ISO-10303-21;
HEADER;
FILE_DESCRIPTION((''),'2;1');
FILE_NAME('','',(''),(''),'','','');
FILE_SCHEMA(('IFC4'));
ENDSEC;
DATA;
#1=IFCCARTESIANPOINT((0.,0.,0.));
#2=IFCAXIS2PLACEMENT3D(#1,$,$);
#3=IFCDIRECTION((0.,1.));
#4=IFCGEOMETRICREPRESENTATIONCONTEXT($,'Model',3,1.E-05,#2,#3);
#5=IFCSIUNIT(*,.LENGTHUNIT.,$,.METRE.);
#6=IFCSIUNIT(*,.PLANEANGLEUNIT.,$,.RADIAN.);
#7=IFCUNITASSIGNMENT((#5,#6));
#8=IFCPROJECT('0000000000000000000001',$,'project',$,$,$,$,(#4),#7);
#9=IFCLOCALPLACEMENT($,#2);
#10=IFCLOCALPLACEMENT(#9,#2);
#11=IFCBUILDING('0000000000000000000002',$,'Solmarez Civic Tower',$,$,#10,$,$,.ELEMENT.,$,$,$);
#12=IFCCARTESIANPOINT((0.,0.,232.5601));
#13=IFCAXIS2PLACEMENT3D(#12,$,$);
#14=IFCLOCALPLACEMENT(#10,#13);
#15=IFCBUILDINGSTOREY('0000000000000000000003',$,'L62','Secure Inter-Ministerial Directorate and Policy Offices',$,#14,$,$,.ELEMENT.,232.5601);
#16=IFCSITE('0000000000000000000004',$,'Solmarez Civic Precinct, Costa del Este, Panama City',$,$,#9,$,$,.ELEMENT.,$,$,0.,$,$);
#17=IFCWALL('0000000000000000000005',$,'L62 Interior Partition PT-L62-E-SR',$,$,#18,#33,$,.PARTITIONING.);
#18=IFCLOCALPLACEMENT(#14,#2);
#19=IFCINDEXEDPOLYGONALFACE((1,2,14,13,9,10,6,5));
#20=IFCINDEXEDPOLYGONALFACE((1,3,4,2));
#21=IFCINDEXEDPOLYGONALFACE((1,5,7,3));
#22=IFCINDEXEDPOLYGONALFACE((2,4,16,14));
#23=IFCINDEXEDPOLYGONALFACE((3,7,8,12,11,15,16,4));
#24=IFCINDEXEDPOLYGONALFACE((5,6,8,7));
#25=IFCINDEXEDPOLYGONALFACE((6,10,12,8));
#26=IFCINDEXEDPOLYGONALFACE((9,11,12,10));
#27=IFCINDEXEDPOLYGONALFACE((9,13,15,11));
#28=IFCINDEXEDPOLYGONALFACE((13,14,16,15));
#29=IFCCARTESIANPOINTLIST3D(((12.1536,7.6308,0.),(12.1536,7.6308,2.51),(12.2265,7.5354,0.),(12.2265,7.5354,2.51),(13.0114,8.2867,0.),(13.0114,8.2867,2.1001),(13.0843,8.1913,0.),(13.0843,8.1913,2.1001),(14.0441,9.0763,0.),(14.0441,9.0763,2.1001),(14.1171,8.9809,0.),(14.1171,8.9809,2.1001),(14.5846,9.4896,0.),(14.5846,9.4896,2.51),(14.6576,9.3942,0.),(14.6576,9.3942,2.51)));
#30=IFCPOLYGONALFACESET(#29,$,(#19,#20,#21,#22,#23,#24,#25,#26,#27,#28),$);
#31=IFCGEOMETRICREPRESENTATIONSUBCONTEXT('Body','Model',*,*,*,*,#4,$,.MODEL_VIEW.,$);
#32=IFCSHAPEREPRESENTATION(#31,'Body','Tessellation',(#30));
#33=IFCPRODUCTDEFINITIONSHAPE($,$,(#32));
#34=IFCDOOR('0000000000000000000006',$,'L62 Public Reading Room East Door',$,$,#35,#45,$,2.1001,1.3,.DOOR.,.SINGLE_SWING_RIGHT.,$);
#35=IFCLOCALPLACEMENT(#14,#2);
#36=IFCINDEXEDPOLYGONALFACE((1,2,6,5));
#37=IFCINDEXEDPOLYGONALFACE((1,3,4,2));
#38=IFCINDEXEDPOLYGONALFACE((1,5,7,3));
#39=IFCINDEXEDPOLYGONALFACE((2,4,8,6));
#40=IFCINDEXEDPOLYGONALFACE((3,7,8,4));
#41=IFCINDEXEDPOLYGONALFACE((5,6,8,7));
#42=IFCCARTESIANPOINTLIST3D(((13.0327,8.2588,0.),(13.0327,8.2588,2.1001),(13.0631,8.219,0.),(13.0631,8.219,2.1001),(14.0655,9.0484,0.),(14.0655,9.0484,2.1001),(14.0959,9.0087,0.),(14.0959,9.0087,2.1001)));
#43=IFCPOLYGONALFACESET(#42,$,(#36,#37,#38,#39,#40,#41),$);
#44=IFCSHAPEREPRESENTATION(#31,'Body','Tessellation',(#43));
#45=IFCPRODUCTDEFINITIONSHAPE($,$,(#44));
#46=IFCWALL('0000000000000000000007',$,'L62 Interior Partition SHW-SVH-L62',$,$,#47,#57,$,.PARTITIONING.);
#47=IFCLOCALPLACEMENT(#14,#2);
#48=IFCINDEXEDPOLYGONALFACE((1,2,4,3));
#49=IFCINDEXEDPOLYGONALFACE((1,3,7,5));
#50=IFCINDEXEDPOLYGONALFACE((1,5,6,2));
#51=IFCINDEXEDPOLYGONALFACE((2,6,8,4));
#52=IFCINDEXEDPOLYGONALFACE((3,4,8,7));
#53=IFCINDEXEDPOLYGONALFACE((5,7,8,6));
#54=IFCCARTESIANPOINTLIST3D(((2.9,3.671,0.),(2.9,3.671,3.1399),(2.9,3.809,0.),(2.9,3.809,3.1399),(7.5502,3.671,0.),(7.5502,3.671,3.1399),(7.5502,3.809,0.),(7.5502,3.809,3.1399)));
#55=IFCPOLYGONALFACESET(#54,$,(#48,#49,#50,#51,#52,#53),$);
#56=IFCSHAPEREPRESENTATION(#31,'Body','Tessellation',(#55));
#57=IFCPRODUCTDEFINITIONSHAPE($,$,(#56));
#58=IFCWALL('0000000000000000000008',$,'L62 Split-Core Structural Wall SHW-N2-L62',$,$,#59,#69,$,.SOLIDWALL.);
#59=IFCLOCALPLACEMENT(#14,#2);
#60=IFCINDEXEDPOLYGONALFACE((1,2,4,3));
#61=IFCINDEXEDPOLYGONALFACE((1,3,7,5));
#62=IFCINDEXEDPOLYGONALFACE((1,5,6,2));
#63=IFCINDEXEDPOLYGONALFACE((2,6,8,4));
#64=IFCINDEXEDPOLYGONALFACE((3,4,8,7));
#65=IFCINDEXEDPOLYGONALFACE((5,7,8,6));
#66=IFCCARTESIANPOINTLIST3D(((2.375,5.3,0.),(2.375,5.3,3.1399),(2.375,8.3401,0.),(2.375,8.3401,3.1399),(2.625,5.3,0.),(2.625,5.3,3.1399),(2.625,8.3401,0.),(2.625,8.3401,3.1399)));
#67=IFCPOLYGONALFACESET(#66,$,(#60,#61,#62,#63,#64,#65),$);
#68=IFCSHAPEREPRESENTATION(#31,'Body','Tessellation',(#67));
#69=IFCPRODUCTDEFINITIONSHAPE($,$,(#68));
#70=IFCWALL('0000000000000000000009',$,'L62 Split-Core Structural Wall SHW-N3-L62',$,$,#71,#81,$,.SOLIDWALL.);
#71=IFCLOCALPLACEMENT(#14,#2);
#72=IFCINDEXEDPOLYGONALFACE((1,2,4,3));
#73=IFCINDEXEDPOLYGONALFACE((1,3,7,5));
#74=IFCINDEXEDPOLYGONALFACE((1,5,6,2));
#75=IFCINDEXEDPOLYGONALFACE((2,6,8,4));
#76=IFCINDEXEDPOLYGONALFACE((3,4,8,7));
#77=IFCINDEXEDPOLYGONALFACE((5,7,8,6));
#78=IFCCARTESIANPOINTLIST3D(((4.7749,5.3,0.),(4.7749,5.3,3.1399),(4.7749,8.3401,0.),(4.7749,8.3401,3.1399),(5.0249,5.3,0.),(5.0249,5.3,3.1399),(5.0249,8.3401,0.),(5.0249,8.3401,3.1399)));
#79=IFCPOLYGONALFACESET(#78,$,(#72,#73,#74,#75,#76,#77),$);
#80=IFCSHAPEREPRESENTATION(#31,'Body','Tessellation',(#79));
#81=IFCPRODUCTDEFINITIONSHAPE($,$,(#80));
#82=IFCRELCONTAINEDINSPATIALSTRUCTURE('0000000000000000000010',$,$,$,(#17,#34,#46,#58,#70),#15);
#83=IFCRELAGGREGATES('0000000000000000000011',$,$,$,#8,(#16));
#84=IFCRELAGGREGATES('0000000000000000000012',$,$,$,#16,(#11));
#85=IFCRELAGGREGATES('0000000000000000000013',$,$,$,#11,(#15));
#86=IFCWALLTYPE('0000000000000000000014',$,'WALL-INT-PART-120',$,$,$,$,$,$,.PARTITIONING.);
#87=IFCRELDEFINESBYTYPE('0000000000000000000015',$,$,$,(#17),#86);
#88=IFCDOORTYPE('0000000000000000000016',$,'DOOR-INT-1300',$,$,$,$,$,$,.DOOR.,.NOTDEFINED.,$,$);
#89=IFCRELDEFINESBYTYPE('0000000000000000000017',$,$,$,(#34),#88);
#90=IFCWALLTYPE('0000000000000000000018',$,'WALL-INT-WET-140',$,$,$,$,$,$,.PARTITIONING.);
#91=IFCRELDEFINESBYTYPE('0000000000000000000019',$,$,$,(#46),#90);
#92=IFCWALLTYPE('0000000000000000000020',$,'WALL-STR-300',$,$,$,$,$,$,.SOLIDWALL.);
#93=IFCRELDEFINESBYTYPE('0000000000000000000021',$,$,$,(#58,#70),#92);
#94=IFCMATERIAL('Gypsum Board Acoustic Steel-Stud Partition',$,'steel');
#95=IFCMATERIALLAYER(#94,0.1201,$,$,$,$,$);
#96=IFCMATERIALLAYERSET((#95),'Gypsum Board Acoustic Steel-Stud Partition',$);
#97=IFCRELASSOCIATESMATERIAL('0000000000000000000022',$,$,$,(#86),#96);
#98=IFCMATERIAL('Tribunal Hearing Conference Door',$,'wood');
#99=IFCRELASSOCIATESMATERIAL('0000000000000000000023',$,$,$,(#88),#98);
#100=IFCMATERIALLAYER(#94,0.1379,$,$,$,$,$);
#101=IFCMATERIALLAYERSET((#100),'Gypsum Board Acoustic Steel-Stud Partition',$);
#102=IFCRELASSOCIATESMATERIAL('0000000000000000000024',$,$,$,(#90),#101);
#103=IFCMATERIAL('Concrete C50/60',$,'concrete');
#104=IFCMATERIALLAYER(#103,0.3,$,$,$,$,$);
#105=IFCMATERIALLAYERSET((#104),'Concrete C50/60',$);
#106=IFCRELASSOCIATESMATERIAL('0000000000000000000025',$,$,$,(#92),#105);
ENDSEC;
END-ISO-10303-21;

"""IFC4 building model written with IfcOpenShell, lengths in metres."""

from ifc_helpers import new_model, si_unit, direction, frame, frame_2d, origin, place, context, subcontext, project, spatial, rectangle, extrude, material, layer, layer_set, type_object, element, fill, save


model = new_model("IFC4")

# Units and contexts
model_context = context("Model", 3, precision=1e-05, world=origin(), true_north=direction((0.0, 1.0)))
body_context = subcontext(model_context, "Body", "Model", "MODEL_VIEW")
ifc_project = project(units=[si_unit("LENGTHUNIT", "METRE"), si_unit("PLANEANGLEUNIT", "RADIAN")], contexts=[model_context])

# Site, building, storey
site_placement = place(None, origin())
site = spatial("IfcSite", under=ifc_project, at=site_placement, Name="Solmarez Civic Precinct, Costa del Este, Panama City", CompositionType="ELEMENT", RefElevation=0.0)
building_placement = place(site_placement, origin())
building = spatial("IfcBuilding", under=site, at=building_placement, Name="Solmarez Civic Tower", CompositionType="ELEMENT")
storey_placement = place(building_placement, frame((0.0, 0.0, 232.5601)))
storey = spatial("IfcBuildingStorey", under=building, at=storey_placement, Name="L62", Description="Secure Inter-Ministerial Directorate and Policy Offices", CompositionType="ELEMENT", Elevation=232.5601)

# Shared definitions
ifc_material_1 = material(Name="Concrete C50/60", Category="concrete")

# Shared definitions
ifc_material_2 = material(Name="Gypsum Board Acoustic Steel-Stud Partition", Category="steel")
ifc_layer_1 = layer(ifc_material_2, 0.1201)
ifc_layer_set_1 = layer_set([ifc_layer_1], Name="Gypsum Board Acoustic Steel-Stud Partition")
wall_type_1 = type_object("IfcWallType", Name="WALL-INT-PART-120", PredefinedType="PARTITIONING", material=ifc_layer_set_1)

# Wall, opening, door
wall_1_placement = place(storey_placement, frame((12.1899, 7.583, 0.0), z_axis=(0.0, 0.0, 1.0), x_axis=(0.794394, 0.607403, 0.0)))
wall_1 = element("IfcWall", 1, at=wall_1_placement, inside=storey, type_object=wall_type_1, Name="L62 Interior Partition PT-L62-E-SR", PredefinedType="PARTITIONING", context=body_context, shape_type="SweptSolid", body=[
    extrude(rectangle(XDim=3.0603, YDim=0.1201, at=frame_2d((1.5303, 0.0))), origin(), (0.0, 0.0, 1.0), 2.51),
])
opening_1_placement = place(wall_1_placement, frame((1.0801, 0.0, 0.0)))
opening_1 = element("IfcOpeningElement", 2, at=opening_1_placement, cuts=wall_1, PredefinedType="OPENING", context=body_context, shape_type="SweptSolid", body=[
    extrude(rectangle(XDim=1.3, YDim=2.1001, at=frame_2d((0.6499, 1.05))), frame((0.0, 0.0701, 0.0), z_axis=(0.0, -1.0, 0.0), x_axis=(1.0, 0.0, 0.0)), (0.0, 0.0, 1.0), 0.1401),
])
ifc_material_3 = material(Name="Tribunal Hearing Conference Door", Category="wood")
door_type_1 = type_object("IfcDoorType", Name="DOOR-INT-1300", OperationType="NOTDEFINED", PredefinedType="DOOR", material=ifc_material_3)
door_1_placement = place(opening_1_placement, origin())
door_1 = element("IfcDoor", 3, at=door_1_placement, inside=storey, type_object=door_type_1, Name="L62 Public Reading Room East Door", OperationType="SINGLE_SWING_RIGHT", OverallHeight=2.1001, OverallWidth=1.3, PredefinedType="DOOR", context=body_context, shape_type="SweptSolid", body=[
    extrude(rectangle(XDim=1.3, YDim=2.1001, at=frame_2d((0.6499, 1.05))), frame((0.0, 0.0249, 0.0), z_axis=(0.0, -1.0, 0.0), x_axis=(1.0, 0.0, 0.0)), (0.0, 0.0, 1.0), 0.05),
])
fill(opening_1, door_1)

# Wall
ifc_layer_2 = layer(ifc_material_2, 0.1379)
ifc_layer_set_2 = layer_set([ifc_layer_2], Name="Gypsum Board Acoustic Steel-Stud Partition")
wall_type_2 = type_object("IfcWallType", Name="WALL-INT-WET-140", PredefinedType="PARTITIONING", material=ifc_layer_set_2)
wall_2_placement = place(storey_placement, frame((2.8999, 3.74, 0.0), z_axis=(0.0, 0.0, 1.0), x_axis=(1.0, 0.0, 0.0)))
element("IfcWall", 4, at=wall_2_placement, inside=storey, type_object=wall_type_2, Name="L62 Interior Partition SHW-SVH-L62", PredefinedType="PARTITIONING", context=body_context, shape_type="SweptSolid", body=[
    extrude(rectangle(XDim=4.6501, YDim=0.1379, at=frame_2d((2.3252, 0.0))), origin(), (0.0, 0.0, 1.0), 3.1399),
])

# Shared definitions
ifc_layer_3 = layer(ifc_material_1, 0.3)
ifc_layer_set_3 = layer_set([ifc_layer_3], Name="Concrete C50/60")
wall_type_3 = type_object("IfcWallType", Name="WALL-STR-300", PredefinedType="SOLIDWALL", material=ifc_layer_set_3)

# Walls
for number, where, z_axis, x_axis, name in (
    (5, (2.5, 5.3, 0.0), (0.0, 0.0, 1.0), (0.0, 1.0, 0.0), "L62 Split-Core Structural Wall SHW-N2-L62"),
    (6, (4.8999, 5.3, 0.0), (0.0, 0.0, 1.0), (0.0, 1.0, 0.0), "L62 Split-Core Structural Wall SHW-N3-L62"),
):
    element("IfcWall", number, at=place(storey_placement, frame(where, z_axis=z_axis, x_axis=x_axis)), inside=storey, type_object=wall_type_3, Name=name, PredefinedType="SOLIDWALL", context=body_context, shape_type="SweptSolid", body=[
        extrude(rectangle(XDim=3.04, YDim=0.25, at=frame_2d((1.52, 0.0))), origin(), (0.0, 0.0, 1.0), 3.1399),
    ])

save(model, "model.ifc")
